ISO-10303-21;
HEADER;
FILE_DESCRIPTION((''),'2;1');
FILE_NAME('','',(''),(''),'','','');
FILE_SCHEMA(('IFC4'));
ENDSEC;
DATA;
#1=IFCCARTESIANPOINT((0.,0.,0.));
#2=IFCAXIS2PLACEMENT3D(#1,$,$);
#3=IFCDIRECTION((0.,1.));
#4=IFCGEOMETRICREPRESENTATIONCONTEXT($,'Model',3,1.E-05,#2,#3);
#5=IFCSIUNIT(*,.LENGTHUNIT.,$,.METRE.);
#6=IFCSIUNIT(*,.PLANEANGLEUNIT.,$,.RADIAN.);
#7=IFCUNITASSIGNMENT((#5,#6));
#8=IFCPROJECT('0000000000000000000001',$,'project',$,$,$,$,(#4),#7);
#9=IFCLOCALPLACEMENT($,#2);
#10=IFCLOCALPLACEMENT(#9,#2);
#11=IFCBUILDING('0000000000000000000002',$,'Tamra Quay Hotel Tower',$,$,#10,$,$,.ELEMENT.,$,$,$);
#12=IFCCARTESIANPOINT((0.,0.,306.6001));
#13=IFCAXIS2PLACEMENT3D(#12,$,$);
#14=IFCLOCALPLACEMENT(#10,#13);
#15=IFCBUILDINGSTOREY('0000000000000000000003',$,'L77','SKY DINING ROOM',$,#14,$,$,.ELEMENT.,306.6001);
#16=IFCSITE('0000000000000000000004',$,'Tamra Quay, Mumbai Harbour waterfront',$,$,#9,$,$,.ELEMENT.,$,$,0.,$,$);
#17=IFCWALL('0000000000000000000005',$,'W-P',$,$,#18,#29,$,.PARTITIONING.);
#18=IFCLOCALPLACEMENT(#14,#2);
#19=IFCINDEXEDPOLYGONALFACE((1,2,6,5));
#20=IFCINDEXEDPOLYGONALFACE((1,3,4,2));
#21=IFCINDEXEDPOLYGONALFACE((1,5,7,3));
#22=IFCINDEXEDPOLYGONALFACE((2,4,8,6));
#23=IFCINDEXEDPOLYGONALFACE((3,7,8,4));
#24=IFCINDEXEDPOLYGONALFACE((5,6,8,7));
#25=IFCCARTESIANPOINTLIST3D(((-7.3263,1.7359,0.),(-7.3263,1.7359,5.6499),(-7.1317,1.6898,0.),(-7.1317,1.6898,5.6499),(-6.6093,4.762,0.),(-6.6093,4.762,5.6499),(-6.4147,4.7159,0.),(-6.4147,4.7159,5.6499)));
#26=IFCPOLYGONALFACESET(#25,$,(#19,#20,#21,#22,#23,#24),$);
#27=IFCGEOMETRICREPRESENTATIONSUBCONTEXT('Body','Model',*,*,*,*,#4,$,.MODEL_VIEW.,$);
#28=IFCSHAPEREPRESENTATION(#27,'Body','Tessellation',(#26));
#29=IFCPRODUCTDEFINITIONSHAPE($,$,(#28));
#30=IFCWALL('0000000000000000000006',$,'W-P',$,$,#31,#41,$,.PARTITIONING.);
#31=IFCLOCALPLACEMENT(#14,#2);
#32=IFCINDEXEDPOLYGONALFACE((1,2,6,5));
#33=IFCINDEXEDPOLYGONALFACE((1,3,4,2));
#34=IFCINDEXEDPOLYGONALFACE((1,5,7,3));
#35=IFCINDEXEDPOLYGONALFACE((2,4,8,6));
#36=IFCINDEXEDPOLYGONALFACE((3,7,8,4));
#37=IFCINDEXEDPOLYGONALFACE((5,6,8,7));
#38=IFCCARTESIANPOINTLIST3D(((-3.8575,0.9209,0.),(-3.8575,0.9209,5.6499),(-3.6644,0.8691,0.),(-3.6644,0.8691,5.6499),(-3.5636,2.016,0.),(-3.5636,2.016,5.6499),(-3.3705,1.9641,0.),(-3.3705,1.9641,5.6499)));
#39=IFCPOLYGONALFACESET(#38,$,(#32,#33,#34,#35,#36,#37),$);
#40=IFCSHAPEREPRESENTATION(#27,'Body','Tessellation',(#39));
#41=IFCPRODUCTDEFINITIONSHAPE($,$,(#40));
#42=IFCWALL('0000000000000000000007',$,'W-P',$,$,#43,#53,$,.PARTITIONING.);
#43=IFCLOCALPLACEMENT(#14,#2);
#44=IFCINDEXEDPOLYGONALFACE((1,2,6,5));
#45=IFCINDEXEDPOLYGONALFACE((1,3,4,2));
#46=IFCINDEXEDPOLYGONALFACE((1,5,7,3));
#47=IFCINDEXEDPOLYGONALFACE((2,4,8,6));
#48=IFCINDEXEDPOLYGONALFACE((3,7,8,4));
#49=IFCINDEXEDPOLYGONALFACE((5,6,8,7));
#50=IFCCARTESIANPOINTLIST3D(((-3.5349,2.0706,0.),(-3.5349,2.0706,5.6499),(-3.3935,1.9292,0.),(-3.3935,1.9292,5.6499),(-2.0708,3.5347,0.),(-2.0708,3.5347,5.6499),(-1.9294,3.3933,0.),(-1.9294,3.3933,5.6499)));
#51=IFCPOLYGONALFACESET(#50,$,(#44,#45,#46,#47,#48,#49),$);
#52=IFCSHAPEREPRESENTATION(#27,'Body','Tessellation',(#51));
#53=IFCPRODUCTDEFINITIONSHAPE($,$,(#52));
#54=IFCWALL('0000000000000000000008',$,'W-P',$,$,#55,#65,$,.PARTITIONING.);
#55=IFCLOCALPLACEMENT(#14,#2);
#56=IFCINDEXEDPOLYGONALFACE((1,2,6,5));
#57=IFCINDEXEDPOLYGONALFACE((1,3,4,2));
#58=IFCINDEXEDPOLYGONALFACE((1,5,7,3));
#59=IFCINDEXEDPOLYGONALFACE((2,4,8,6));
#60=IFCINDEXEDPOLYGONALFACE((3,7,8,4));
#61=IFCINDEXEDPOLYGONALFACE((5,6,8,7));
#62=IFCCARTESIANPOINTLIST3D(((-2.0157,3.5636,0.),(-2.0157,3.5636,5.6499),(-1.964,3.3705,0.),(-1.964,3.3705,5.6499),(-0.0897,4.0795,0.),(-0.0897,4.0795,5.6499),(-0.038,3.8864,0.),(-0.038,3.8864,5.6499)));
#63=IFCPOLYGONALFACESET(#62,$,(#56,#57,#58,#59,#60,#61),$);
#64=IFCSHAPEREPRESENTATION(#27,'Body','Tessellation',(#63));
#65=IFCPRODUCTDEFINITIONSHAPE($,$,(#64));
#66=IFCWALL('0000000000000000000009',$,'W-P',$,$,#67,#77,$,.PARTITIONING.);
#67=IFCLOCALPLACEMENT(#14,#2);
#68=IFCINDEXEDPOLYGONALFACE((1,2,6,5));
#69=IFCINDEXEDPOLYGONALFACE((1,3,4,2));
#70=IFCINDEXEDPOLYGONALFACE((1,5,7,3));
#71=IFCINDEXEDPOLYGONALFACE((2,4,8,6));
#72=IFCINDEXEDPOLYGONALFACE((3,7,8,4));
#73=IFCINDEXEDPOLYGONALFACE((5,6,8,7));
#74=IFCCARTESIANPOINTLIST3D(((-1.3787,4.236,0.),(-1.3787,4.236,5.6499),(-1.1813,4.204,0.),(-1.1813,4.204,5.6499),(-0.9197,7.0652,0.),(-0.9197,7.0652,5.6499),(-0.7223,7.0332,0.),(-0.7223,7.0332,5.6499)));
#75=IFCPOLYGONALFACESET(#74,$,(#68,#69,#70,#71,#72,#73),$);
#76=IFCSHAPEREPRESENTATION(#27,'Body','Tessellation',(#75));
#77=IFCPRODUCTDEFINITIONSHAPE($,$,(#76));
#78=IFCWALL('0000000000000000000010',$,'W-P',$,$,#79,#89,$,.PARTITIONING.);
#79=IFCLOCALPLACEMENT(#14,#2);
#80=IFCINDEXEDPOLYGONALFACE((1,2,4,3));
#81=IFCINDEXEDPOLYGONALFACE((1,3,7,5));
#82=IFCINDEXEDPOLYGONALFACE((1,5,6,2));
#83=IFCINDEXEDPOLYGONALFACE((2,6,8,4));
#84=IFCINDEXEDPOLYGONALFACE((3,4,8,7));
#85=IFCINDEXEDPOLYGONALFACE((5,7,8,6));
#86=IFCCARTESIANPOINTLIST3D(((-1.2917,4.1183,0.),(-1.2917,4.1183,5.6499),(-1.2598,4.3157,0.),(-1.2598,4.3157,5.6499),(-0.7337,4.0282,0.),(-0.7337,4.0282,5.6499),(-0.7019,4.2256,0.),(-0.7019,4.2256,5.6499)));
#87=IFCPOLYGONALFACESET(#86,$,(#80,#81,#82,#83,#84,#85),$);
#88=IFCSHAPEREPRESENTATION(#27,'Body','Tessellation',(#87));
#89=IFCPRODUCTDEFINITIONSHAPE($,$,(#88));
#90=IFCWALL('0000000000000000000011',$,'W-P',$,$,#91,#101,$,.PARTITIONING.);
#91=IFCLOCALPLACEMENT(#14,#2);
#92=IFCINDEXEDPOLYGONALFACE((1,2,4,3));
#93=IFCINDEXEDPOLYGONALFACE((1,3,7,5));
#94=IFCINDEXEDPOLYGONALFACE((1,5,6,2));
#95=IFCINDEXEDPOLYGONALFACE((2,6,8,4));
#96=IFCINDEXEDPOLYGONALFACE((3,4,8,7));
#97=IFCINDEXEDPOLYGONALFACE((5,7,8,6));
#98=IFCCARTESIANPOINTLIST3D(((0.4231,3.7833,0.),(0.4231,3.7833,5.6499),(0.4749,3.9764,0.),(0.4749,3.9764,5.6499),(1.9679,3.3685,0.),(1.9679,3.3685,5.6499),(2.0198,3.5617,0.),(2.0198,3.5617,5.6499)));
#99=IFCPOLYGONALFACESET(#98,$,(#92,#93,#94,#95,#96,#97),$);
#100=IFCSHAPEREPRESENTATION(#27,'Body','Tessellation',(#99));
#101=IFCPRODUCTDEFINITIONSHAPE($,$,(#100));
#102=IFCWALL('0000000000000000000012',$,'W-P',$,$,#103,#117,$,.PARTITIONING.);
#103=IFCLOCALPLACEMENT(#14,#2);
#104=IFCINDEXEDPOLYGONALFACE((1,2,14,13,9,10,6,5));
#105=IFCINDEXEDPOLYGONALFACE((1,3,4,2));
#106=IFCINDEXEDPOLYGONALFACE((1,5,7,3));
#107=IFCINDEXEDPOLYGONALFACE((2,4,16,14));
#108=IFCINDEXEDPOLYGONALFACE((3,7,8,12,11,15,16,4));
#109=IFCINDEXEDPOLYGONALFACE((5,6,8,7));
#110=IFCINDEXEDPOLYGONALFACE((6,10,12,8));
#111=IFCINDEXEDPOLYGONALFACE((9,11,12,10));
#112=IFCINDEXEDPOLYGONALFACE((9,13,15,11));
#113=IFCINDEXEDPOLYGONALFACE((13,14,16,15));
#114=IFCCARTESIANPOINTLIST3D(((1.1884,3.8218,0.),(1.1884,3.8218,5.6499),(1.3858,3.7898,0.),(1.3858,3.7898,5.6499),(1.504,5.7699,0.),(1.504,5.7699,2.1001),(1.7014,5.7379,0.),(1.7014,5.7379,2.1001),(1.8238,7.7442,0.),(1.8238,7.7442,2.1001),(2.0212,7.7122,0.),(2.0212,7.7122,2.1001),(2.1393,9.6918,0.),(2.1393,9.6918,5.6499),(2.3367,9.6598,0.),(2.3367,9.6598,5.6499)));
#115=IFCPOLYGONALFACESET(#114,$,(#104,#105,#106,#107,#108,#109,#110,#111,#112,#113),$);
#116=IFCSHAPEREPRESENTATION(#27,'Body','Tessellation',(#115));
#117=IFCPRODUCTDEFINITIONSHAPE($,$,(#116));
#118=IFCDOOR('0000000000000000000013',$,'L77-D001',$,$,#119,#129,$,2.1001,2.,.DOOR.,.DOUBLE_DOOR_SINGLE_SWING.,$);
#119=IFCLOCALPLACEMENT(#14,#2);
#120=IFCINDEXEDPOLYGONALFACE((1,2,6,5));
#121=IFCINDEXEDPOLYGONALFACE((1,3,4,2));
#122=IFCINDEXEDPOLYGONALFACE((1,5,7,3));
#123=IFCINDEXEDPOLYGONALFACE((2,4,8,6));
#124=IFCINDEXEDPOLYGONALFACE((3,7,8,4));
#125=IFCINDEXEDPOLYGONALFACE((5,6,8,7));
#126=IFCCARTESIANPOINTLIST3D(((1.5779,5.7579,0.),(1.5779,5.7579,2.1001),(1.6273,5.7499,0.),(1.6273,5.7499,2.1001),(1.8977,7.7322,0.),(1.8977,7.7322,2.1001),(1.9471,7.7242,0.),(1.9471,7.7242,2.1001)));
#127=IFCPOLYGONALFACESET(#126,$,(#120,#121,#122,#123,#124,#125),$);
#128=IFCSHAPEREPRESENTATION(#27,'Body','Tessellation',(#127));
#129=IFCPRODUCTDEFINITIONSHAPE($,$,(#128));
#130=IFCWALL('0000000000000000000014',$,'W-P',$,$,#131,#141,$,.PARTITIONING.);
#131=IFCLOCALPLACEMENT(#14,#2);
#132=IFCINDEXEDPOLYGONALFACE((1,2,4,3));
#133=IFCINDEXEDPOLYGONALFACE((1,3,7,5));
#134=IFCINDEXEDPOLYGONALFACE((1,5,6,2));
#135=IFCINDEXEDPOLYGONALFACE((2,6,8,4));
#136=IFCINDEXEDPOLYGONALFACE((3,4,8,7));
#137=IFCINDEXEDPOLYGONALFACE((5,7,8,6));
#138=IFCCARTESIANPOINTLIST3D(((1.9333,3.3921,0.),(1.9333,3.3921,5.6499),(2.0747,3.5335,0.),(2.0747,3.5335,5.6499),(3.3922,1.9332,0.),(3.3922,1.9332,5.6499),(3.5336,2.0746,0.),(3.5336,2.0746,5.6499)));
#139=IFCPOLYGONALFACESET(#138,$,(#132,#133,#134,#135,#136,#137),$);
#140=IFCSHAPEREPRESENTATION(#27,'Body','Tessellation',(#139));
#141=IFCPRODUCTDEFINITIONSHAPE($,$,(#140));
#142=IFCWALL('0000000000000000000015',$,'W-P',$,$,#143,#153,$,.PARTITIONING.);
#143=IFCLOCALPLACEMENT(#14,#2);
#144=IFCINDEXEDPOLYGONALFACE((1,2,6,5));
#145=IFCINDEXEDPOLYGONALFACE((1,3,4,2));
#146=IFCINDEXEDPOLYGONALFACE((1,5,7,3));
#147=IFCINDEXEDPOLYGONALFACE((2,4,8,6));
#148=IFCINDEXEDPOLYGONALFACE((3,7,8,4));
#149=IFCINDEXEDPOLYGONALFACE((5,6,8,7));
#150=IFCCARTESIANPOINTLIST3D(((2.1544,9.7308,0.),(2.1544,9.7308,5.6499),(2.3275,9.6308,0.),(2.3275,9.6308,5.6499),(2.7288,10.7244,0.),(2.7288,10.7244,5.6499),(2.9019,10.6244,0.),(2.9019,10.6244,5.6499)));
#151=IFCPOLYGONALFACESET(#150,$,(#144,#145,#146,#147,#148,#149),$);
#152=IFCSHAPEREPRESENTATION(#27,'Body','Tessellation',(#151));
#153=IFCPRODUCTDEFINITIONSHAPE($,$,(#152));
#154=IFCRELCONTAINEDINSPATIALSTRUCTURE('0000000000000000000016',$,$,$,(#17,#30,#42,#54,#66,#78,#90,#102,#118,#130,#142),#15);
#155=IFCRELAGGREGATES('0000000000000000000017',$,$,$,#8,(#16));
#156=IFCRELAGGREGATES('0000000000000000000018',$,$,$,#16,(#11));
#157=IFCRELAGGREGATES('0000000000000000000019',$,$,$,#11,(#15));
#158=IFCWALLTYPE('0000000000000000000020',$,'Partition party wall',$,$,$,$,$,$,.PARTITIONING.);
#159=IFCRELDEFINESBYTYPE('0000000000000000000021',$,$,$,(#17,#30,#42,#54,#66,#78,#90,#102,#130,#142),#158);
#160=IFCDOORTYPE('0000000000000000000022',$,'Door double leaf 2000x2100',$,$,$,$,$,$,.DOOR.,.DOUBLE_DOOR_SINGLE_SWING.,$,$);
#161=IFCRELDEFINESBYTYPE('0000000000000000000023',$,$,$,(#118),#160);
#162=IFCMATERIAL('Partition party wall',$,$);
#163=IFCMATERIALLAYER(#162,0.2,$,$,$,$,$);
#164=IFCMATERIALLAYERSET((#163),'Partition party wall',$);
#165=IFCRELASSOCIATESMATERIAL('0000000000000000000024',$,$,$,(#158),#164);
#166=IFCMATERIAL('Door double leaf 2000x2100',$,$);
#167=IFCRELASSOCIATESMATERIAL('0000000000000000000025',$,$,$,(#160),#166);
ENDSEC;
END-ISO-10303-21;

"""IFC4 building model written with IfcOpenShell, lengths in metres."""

from ifc_helpers import new_model, si_unit, direction, frame, frame_2d, origin, place, context, subcontext, project, spatial, rectangle, extrude, material, layer, layer_set, type_object, element, fill, save


model = new_model("IFC4")

# Units and contexts
model_context = context("Model", 3, precision=1e-05, world=origin(), true_north=direction((0.0, 1.0)))
body_context = subcontext(model_context, "Body", "Model", "MODEL_VIEW")
ifc_project = project(units=[si_unit("LENGTHUNIT", "METRE"), si_unit("PLANEANGLEUNIT", "RADIAN")], contexts=[model_context])

# Site, building, storey
site_placement = place(None, origin())
site = spatial("IfcSite", under=ifc_project, at=site_placement, Name="Tamra Quay, Mumbai Harbour waterfront", CompositionType="ELEMENT", RefElevation=0.0)
building_placement = place(site_placement, origin())
building = spatial("IfcBuilding", under=site, at=building_placement, Name="Tamra Quay Hotel Tower", CompositionType="ELEMENT")
storey_placement = place(building_placement, frame((0.0, 0.0, 306.6001)))
storey = spatial("IfcBuildingStorey", under=building, at=storey_placement, Name="L77", Description="SKY DINING ROOM", CompositionType="ELEMENT", Elevation=306.6001)

# Shared definitions
ifc_material_1 = material(Name="Partition party wall")
ifc_layer_1 = layer(ifc_material_1, 0.2)
ifc_layer_set_1 = layer_set([ifc_layer_1], Name="Partition party wall")
wall_type_1 = type_object("IfcWallType", Name="Partition party wall", PredefinedType="PARTITIONING", material=ifc_layer_set_1)

# Walls
wall_1_placement = place(storey_placement, frame((-7.229, 1.7129, 0.0), z_axis=(0.0, 0.0, 1.0), x_axis=(0.230566, 0.973057, 0.0)))
element("IfcWall", 1, at=wall_1_placement, inside=storey, type_object=wall_type_1, Name="W-P", PredefinedType="PARTITIONING", context=body_context, shape_type="SweptSolid", body=[
    extrude(rectangle(XDim=3.1099, YDim=0.2, at=frame_2d((1.5549, 0.0))), origin(), (0.0, 0.0, 1.0), 5.6499),
])
wall_2_placement = place(storey_placement, frame((-3.761, 0.895, 0.0), z_axis=(0.0, 0.0, 1.0), x_axis=(0.259271, 0.965805, 0.0)))
element("IfcWall", 2, at=wall_2_placement, inside=storey, type_object=wall_type_1, Name="W-P", PredefinedType="PARTITIONING", context=body_context, shape_type="SweptSolid", body=[
    extrude(rectangle(XDim=1.1338, YDim=0.2, at=frame_2d((0.5669, 0.0))), origin(), (0.0, 0.0, 1.0), 5.6499),
])
wall_3_placement = place(storey_placement, frame((-3.4641, 2.0, 0.0), z_axis=(0.0, 0.0, 1.0), x_axis=(0.707107, 0.707107, 0.0)))
element("IfcWall", 3, at=wall_3_placement, inside=storey, type_object=wall_type_1, Name="W-P", PredefinedType="PARTITIONING", context=body_context, shape_type="SweptSolid", body=[
    extrude(rectangle(XDim=2.0706, YDim=0.2, at=frame_2d((1.0352, 0.0))), origin(), (0.0, 0.0, 1.0), 5.6499),
])
wall_4_placement = place(storey_placement, frame((-1.99, 3.467, 0.0), z_axis=(0.0, 0.0, 1.0), x_axis=(0.965952, 0.258722, 0.0)))
element("IfcWall", 4, at=wall_4_placement, inside=storey, type_object=wall_type_1, Name="W-P", PredefinedType="PARTITIONING", context=body_context, shape_type="SweptSolid", body=[
    extrude(rectangle(XDim=1.9939, YDim=0.2, at=frame_2d((0.9971, 0.0))), origin(), (0.0, 0.0, 1.0), 5.6499),
])
wall_5_placement = place(storey_placement, frame((-1.28, 4.22, 0.0), z_axis=(0.0, 0.0, 1.0), x_axis=(0.160143, 0.987094, 0.0)))
element("IfcWall", 5, at=wall_5_placement, inside=storey, type_object=wall_type_1, Name="W-P", PredefinedType="PARTITIONING", context=body_context, shape_type="SweptSolid", body=[
    extrude(rectangle(XDim=2.8662, YDim=0.2, at=frame_2d((1.4331, 0.0))), origin(), (0.0, 0.0, 1.0), 5.6499),
])
wall_6_placement = place(storey_placement, frame((-1.2759, 4.217, 0.0), z_axis=(0.0, 0.0, 1.0), x_axis=(0.98721, -0.159423, 0.0)))
element("IfcWall", 6, at=wall_6_placement, inside=storey, type_object=wall_type_1, Name="W-P", PredefinedType="PARTITIONING", context=body_context, shape_type="SweptSolid", body=[
    extrude(rectangle(XDim=0.5652, YDim=0.2, at=frame_2d((0.2827, 0.0))), origin(), (0.0, 0.0, 1.0), 5.6499),
])
wall_7_placement = place(storey_placement, frame((0.449, 3.8799, 0.0), z_axis=(0.0, 0.0, 1.0), x_axis=(0.965795, -0.259306, 0.0)))
element("IfcWall", 7, at=wall_7_placement, inside=storey, type_object=wall_type_1, Name="W-P", PredefinedType="PARTITIONING", context=body_context, shape_type="SweptSolid", body=[
    extrude(rectangle(XDim=1.5996, YDim=0.2, at=frame_2d((0.7998, 0.0))), origin(), (0.0, 0.0, 1.0), 5.6499),
])

# Wall, opening, door
wall_8_placement = place(storey_placement, frame((1.2871, 3.8059, 0.0), z_axis=(0.0, 0.0, 1.0), x_axis=(0.15991, 0.987132, 0.0)))
wall_8 = element("IfcWall", 8, at=wall_8_placement, inside=storey, type_object=wall_type_1, Name="W-P", PredefinedType="PARTITIONING", context=body_context, shape_type="SweptSolid", body=[
    extrude(rectangle(XDim=5.9465, YDim=0.2, at=frame_2d((2.9731, 0.0))), origin(), (0.0, 0.0, 1.0), 5.6499),
])
opening_1_placement = place(wall_8_placement, frame((1.9734, 0.0, 0.0)))
opening_1 = element("IfcOpeningElement", 9, at=opening_1_placement, cuts=wall_8, PredefinedType="OPENING", context=body_context, shape_type="SweptSolid", body=[
    extrude(rectangle(XDim=2.0, YDim=2.1001, at=frame_2d((1.0, 1.05))), frame((0.0, 0.1099, 0.0), z_axis=(0.0, -1.0, 0.0), x_axis=(1.0, 0.0, 0.0)), (0.0, 0.0, 1.0), 0.22),
])
ifc_material_2 = material(Name="Door double leaf 2000x2100")
door_type_1 = type_object("IfcDoorType", Name="Door double leaf 2000x2100", OperationType="DOUBLE_DOOR_SINGLE_SWING", PredefinedType="DOOR", material=ifc_material_2)
door_1_placement = place(opening_1_placement, frame((2.0, 0.0, 0.0), z_axis=(0.0, 0.0, 1.0), x_axis=(-1.0, 0.0, 0.0)))
door_1 = element("IfcDoor", 10, at=door_1_placement, inside=storey, type_object=door_type_1, Name="L77-D001", OperationType="DOUBLE_DOOR_SINGLE_SWING", OverallHeight=2.1001, OverallWidth=2.0, PredefinedType="DOOR", context=body_context, shape_type="SweptSolid", body=[
    extrude(rectangle(XDim=2.0, YDim=2.1001, at=frame_2d((1.0, 1.05))), frame((0.0, 0.0249, 0.0), z_axis=(0.0, -1.0, 0.0), x_axis=(1.0, 0.0, 0.0)), (0.0, 0.0, 1.0), 0.05),
])
fill(opening_1, door_1)

# Walls
wall_9_placement = place(storey_placement, frame((2.0039, 3.4629, 0.0), z_axis=(0.0, 0.0, 1.0), x_axis=(0.707107, -0.707107, 0.0)))
element("IfcWall", 11, at=wall_9_placement, inside=storey, type_object=wall_type_1, Name="W-P", PredefinedType="PARTITIONING", context=body_context, shape_type="SweptSolid", body=[
    extrude(rectangle(XDim=2.0632, YDim=0.2, at=frame_2d((1.0317, 0.0))), origin(), (0.0, 0.0, 1.0), 5.6499),
])
wall_10_placement = place(storey_placement, frame((2.241, 9.6809, 0.0), z_axis=(0.0, 0.0, 1.0), x_axis=(0.500508, 0.865732, 0.0)))
element("IfcWall", 12, at=wall_10_placement, inside=storey, type_object=wall_type_1, Name="W-P", PredefinedType="PARTITIONING", context=body_context, shape_type="SweptSolid", body=[
    extrude(rectangle(XDim=1.1477, YDim=0.2, at=frame_2d((0.5737, 0.0))), origin(), (0.0, 0.0, 1.0), 5.6499),
])

save(model, "model.ifc")
